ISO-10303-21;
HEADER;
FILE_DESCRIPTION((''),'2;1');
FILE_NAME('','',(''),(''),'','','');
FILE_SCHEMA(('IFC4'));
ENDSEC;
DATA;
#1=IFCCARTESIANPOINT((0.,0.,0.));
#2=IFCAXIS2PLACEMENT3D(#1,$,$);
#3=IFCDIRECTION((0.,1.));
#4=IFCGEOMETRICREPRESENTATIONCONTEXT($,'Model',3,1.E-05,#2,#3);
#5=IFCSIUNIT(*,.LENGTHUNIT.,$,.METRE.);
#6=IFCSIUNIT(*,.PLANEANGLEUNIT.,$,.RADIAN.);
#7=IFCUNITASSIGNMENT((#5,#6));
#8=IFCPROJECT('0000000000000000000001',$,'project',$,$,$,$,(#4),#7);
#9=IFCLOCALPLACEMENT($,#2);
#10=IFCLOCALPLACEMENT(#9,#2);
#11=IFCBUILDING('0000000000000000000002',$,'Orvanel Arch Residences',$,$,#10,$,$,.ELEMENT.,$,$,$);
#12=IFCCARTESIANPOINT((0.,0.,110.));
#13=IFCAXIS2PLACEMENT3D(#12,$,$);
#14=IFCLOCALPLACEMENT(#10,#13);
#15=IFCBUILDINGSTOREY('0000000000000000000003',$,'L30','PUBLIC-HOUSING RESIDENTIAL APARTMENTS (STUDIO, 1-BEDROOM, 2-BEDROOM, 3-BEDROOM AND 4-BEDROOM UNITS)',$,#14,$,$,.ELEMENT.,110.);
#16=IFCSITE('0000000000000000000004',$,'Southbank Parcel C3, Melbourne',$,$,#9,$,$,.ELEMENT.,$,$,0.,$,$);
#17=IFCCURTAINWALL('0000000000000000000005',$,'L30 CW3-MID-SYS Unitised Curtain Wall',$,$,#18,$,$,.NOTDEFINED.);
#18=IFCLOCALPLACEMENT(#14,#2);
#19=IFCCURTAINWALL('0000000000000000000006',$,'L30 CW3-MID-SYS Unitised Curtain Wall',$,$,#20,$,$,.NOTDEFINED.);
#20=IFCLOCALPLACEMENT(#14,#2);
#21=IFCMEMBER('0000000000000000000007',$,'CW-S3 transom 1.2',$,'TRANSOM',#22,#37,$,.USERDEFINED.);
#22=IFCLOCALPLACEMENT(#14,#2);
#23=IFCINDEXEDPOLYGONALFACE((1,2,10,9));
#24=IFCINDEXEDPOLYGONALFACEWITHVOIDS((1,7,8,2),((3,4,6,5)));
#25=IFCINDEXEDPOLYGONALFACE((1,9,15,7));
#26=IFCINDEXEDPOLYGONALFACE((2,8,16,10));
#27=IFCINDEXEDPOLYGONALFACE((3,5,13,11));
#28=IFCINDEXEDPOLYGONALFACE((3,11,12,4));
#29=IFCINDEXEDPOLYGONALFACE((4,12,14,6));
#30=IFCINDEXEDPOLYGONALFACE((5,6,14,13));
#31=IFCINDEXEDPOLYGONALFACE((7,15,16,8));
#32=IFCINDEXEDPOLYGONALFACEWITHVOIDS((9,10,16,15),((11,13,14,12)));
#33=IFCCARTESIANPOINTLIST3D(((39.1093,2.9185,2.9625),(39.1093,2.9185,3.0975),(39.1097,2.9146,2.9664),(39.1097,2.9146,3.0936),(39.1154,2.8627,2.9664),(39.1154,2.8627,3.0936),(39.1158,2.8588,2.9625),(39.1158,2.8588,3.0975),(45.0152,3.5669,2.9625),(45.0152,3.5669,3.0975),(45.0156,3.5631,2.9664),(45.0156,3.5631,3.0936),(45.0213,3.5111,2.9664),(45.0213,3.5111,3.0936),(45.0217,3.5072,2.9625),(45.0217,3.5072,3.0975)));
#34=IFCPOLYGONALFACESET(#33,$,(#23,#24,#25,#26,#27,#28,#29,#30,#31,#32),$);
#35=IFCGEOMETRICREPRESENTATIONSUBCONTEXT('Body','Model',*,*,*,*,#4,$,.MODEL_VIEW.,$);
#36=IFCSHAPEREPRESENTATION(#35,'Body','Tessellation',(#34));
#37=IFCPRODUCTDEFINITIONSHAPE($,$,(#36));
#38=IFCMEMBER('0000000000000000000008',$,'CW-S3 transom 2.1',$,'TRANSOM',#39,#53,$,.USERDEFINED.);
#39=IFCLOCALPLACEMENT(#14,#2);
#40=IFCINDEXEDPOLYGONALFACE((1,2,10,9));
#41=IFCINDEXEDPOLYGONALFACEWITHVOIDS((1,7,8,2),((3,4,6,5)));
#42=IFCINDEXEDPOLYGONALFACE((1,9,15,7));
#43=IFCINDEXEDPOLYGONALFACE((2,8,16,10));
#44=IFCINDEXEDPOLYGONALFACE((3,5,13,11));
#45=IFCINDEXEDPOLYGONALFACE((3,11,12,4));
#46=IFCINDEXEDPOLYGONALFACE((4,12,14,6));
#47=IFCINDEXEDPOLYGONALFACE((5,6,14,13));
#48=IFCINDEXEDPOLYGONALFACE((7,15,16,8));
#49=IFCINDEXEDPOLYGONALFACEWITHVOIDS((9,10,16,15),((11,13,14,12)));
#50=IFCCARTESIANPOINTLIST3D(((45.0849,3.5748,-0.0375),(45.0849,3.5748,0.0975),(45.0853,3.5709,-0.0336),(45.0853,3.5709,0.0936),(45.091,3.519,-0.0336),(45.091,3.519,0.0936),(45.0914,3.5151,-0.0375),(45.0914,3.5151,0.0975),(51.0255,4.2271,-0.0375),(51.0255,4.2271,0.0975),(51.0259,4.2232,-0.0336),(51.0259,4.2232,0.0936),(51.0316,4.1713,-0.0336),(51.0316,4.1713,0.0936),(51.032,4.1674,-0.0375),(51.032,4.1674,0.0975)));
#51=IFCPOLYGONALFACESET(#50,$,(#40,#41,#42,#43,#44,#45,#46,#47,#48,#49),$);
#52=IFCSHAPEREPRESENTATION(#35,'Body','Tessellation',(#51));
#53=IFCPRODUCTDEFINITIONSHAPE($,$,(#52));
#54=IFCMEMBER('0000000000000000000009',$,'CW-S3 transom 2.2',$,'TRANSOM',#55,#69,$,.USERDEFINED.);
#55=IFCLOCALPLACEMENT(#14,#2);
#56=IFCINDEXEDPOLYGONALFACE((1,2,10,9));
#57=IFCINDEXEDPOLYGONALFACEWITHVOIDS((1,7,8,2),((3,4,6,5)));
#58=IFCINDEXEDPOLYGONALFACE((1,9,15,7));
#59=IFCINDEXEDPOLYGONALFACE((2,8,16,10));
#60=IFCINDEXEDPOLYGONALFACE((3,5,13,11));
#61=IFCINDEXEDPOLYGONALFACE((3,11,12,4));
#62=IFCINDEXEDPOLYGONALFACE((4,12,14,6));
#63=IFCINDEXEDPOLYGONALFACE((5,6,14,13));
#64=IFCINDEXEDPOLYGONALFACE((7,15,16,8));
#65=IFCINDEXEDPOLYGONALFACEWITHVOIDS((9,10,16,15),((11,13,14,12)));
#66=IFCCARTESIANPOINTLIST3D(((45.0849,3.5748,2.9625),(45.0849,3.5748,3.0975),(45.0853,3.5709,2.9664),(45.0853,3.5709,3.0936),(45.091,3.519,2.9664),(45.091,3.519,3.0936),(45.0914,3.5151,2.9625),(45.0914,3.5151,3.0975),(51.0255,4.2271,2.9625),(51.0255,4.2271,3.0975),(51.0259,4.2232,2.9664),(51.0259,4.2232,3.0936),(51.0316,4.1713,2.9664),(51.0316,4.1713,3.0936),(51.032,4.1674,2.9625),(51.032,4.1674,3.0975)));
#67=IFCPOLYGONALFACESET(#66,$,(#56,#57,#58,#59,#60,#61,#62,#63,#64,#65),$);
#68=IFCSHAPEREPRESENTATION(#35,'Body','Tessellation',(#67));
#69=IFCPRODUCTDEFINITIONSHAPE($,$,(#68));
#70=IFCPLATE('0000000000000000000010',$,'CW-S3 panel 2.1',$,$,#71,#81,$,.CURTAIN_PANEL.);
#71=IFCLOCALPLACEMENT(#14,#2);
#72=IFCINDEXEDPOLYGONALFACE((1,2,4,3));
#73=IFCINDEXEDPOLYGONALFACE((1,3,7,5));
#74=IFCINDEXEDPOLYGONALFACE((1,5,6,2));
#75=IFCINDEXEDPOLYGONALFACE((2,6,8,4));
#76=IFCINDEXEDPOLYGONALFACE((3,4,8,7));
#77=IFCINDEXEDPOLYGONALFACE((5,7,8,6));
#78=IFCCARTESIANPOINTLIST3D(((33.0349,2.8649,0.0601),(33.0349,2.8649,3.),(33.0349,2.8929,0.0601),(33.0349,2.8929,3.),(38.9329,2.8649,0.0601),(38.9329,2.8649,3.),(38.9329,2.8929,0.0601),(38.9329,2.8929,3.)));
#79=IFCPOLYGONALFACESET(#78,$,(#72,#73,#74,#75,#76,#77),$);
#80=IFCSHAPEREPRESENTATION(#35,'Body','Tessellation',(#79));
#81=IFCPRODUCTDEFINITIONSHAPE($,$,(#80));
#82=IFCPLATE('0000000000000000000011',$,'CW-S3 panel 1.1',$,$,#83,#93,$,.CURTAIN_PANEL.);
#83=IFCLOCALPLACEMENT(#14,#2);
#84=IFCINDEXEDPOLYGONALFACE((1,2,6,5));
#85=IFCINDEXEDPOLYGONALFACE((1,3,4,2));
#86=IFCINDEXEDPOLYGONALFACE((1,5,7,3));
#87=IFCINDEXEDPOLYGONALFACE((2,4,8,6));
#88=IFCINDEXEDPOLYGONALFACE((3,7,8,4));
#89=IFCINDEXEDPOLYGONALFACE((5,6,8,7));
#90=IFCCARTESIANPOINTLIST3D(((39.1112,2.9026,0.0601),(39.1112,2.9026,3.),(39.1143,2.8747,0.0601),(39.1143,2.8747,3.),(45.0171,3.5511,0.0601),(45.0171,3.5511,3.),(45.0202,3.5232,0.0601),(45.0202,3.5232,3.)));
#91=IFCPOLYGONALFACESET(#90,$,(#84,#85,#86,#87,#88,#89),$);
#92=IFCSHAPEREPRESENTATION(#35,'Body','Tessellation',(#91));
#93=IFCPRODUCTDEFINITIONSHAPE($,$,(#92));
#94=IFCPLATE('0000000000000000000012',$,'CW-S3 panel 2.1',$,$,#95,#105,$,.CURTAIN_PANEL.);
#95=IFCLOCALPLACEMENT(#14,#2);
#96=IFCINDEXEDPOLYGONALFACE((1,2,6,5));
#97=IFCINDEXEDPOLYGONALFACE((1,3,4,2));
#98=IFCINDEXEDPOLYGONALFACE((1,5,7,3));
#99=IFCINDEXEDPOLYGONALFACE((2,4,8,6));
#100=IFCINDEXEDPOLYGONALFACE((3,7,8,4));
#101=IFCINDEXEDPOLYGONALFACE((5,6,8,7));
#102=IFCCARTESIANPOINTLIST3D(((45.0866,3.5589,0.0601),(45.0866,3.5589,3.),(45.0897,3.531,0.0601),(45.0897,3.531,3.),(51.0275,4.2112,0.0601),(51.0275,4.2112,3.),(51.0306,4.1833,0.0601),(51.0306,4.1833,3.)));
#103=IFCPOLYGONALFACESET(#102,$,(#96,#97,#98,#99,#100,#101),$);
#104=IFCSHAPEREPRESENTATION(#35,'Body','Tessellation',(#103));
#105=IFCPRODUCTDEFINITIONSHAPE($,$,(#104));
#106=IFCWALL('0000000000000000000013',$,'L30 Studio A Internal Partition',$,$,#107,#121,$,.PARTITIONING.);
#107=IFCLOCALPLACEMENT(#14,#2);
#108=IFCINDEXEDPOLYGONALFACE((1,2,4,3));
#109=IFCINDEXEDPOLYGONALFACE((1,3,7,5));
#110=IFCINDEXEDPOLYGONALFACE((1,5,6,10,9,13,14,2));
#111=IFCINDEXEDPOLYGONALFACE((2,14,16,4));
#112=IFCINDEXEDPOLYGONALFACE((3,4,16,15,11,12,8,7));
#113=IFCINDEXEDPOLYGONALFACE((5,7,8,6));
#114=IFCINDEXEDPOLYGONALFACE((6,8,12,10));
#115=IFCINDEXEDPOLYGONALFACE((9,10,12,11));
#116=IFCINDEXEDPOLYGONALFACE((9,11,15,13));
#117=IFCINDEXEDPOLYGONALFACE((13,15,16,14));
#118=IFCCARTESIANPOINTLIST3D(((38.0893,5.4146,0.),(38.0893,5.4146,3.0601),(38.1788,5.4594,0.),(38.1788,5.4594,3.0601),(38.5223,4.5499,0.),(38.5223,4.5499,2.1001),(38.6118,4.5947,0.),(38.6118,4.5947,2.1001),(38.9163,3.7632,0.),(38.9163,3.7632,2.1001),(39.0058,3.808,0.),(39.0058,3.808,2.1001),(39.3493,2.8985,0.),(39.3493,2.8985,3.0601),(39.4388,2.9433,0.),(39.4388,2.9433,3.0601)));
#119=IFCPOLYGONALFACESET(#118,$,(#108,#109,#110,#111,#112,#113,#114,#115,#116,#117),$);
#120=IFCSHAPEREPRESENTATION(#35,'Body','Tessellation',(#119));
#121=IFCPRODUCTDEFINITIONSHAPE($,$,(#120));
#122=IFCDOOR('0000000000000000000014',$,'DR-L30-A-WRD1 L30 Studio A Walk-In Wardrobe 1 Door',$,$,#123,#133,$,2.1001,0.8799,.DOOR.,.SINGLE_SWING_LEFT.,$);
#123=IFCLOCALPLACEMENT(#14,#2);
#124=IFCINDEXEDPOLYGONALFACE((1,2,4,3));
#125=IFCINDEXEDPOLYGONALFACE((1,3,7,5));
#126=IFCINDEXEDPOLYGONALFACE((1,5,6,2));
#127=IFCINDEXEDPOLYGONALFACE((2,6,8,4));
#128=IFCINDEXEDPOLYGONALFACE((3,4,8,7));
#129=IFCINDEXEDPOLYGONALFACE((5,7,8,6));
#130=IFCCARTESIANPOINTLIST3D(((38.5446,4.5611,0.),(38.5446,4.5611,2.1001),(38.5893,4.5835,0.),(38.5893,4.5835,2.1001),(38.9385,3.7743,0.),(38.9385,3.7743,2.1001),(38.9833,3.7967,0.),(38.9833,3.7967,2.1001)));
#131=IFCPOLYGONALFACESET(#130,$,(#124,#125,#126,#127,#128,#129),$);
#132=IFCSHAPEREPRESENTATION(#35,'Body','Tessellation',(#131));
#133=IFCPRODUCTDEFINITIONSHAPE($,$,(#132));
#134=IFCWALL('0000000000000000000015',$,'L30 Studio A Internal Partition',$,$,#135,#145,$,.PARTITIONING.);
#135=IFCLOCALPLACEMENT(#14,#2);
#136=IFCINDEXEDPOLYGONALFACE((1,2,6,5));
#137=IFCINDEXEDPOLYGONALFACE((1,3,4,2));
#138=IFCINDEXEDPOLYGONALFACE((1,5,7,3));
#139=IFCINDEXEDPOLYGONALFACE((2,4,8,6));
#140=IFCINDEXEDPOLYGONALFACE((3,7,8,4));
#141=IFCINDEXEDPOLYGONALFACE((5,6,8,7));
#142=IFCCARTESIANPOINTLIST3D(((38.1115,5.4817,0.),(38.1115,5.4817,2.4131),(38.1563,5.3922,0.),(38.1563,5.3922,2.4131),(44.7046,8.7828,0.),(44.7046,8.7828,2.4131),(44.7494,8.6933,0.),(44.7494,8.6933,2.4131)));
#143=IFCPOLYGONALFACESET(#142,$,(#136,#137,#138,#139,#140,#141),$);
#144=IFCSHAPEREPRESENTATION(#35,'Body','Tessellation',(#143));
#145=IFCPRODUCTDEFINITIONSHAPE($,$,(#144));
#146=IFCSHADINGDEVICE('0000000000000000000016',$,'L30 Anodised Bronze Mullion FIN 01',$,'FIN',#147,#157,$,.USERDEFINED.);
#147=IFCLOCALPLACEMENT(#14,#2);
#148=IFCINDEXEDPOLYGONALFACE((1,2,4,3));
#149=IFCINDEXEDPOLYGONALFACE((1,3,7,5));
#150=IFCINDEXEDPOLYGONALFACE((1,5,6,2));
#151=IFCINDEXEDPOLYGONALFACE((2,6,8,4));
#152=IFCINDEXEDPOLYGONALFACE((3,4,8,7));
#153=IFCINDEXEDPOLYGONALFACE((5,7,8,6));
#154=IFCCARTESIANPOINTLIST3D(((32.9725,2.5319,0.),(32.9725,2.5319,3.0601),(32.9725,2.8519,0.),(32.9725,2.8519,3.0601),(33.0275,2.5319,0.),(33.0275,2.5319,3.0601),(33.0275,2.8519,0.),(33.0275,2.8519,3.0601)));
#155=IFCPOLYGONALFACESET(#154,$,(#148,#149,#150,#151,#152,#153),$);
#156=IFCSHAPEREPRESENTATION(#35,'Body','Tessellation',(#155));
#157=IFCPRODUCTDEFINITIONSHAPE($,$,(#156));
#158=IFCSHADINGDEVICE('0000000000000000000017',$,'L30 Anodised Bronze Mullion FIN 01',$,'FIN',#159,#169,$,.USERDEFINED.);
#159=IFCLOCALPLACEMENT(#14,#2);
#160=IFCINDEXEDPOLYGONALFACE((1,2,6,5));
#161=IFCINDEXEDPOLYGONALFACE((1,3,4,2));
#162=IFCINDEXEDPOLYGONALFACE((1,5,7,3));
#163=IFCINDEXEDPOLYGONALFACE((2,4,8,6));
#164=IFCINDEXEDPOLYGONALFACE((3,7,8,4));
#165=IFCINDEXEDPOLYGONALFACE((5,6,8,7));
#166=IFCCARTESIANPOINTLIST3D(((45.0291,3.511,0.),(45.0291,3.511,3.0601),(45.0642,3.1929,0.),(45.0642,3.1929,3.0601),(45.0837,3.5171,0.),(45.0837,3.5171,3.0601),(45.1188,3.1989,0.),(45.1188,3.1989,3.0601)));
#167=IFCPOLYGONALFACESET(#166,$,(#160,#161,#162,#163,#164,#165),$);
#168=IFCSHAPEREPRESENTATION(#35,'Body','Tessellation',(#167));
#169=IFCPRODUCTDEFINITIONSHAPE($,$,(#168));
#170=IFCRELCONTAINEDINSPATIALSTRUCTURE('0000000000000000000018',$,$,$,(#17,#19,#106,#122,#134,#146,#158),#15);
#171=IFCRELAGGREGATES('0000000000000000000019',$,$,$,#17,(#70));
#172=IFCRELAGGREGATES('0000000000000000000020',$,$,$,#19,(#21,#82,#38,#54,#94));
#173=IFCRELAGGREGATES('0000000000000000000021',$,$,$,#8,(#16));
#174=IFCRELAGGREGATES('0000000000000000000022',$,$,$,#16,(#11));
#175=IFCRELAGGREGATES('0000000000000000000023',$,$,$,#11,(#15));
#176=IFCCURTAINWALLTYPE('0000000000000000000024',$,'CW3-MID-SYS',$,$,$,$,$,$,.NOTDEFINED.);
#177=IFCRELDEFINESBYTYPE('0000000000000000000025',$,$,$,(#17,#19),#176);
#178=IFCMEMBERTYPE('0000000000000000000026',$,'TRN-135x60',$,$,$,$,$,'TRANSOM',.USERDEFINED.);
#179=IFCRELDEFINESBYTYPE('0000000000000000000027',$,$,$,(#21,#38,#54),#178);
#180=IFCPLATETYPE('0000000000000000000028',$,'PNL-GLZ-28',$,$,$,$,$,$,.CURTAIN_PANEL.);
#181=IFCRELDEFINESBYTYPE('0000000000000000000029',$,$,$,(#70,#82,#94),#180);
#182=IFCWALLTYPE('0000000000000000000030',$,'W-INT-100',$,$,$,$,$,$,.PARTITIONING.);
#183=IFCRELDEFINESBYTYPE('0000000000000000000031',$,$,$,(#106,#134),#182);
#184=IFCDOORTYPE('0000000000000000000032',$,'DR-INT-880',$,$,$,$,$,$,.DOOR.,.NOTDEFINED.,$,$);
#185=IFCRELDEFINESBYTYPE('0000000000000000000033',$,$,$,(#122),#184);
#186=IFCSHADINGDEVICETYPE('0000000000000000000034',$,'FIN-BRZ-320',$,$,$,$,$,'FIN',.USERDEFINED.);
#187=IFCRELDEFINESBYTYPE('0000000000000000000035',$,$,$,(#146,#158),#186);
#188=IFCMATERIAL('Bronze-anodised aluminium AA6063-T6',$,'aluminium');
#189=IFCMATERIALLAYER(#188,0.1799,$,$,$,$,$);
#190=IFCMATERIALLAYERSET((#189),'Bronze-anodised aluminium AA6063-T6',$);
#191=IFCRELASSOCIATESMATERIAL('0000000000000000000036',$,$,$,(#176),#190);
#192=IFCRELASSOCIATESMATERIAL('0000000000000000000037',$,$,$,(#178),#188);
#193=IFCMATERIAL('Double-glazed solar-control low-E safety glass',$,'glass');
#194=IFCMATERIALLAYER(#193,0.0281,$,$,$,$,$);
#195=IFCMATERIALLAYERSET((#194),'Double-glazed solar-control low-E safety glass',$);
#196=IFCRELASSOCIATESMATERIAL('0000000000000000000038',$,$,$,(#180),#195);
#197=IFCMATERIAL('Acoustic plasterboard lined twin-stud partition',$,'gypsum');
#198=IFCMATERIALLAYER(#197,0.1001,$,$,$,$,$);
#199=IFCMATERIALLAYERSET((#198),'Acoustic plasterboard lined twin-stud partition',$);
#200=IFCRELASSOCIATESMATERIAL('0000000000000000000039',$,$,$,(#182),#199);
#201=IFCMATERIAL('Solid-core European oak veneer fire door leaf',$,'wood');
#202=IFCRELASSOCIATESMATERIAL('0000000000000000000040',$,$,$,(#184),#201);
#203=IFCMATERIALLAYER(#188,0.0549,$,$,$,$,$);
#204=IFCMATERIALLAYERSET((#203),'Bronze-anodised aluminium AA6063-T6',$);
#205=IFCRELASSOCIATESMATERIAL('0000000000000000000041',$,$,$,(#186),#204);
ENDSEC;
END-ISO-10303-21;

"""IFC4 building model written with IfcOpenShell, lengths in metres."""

from ifc_helpers import new_model, si_unit, direction, frame, frame_2d, origin, origin_2d, place, context, subcontext, project, spatial, rectangle, hollow_rectangle, extrude, material, layer, layer_set, material_profile, profile_set, type_object, element, fill, aggregate, save


model = new_model("IFC4")

# Units and contexts
model_context = context("Model", 3, precision=1e-05, world=origin(), true_north=direction((0.0, 1.0)))
body_context = subcontext(model_context, "Body", "Model", "MODEL_VIEW")
ifc_project = project(units=[si_unit("LENGTHUNIT", "METRE"), si_unit("PLANEANGLEUNIT", "RADIAN")], contexts=[model_context])

# Site, building, storey
site_placement = place(None, origin())
site = spatial("IfcSite", under=ifc_project, at=site_placement, Name="Southbank Parcel C3, Melbourne", CompositionType="ELEMENT", RefElevation=0.0)
building_placement = place(site_placement, origin())
building = spatial("IfcBuilding", under=site, at=building_placement, Name="Orvanel Arch Residences", CompositionType="ELEMENT")
storey_placement = place(building_placement, frame((0.0, 0.0, 110.0)))
storey = spatial("IfcBuildingStorey", under=building, at=storey_placement, Name="L30", Description="PUBLIC-HOUSING RESIDENTIAL APARTMENTS (STUDIO, 1-BEDROOM, 2-BEDROOM, 3-BEDROOM AND 4-BEDROOM UNITS)", CompositionType="ELEMENT", Elevation=110.0)

# Curtain walls
ifc_material_1 = material(Name="Bronze-anodised aluminium AA6063-T6", Category="aluminium")
ifc_layer_1 = layer(ifc_material_1, 0.1799)
ifc_layer_set_1 = layer_set([ifc_layer_1], Name="Bronze-anodised aluminium AA6063-T6")
curtain_wall_type = type_object("IfcCurtainWallType", Name="CW3-MID-SYS", PredefinedType="NOTDEFINED", material=ifc_layer_set_1)
curtain_wall_1_placement = place(storey_placement, origin())
curtain_wall_1 = element("IfcCurtainWall", 1, at=curtain_wall_1_placement, inside=storey, type_object=curtain_wall_type, Name="L30 CW3-MID-SYS Unitised Curtain Wall", PredefinedType="NOTDEFINED")
curtain_wall_2_placement = place(storey_placement, origin())
curtain_wall_2 = element("IfcCurtainWall", 2, at=curtain_wall_2_placement, inside=storey, type_object=curtain_wall_type, Name="L30 CW3-MID-SYS Unitised Curtain Wall", PredefinedType="NOTDEFINED")

# Members
ifc_material_profile_1 = material_profile(ifc_material_1, hollow_rectangle(XDim=0.0601, YDim=0.135, WallThickness=0.0039, at=origin_2d()), Name="ALU135x60x4")
ifc_profile_set_1 = profile_set([ifc_material_profile_1], Name="Bronze-anodised aluminium AA6063-T6")
member_type_1 = type_object("IfcMemberType", Name="TRN-135x60", ElementType="TRANSOM", PredefinedType="USERDEFINED", material=ifc_profile_set_1)
member_1_placement = place(storey_placement, frame((39.1125, 2.8887, 3.03), z_axis=(0.994027, 0.109137, 0.0), x_axis=(-0.109137, 0.994027, 0.0)))
member_1 = element("IfcMember", 3, at=member_1_placement, type_object=member_type_1, Name="CW-S3 transom 1.2", ObjectType="TRANSOM", PredefinedType="USERDEFINED", context=body_context, shape_type="SweptSolid", body=[
    extrude(hollow_rectangle(XDim=0.0601, YDim=0.135, WallThickness=0.0039, at=origin_2d()), origin(), (0.0, 0.0, 1.0), 5.9414),
])
member_2_placement = place(storey_placement, frame((45.0881, 3.5449, 0.03), z_axis=(0.994025, 0.109154, 0.0), x_axis=(-0.109154, 0.994025, 0.0)))
member_2 = element("IfcMember", 4, at=member_2_placement, type_object=member_type_1, Name="CW-S3 transom 2.1", ObjectType="TRANSOM", PredefinedType="USERDEFINED", context=body_context, shape_type="SweptSolid", body=[
    extrude(hollow_rectangle(XDim=0.0601, YDim=0.135, WallThickness=0.0039, at=origin_2d()), origin(), (0.0, 0.0, 1.0), 5.9763),
])
member_3_placement = place(storey_placement, frame((45.0881, 3.5449, 3.03), z_axis=(0.994025, 0.109154, 0.0), x_axis=(-0.109154, 0.994025, 0.0)))
member_3 = element("IfcMember", 5, at=member_3_placement, type_object=member_type_1, Name="CW-S3 transom 2.2", ObjectType="TRANSOM", PredefinedType="USERDEFINED", context=body_context, shape_type="SweptSolid", body=[
    extrude(hollow_rectangle(XDim=0.0601, YDim=0.135, WallThickness=0.0039, at=origin_2d()), origin(), (0.0, 0.0, 1.0), 5.9763),
])

# Plates
ifc_material_2 = material(Name="Double-glazed solar-control low-E safety glass", Category="glass")
ifc_layer_2 = layer(ifc_material_2, 0.0281)
ifc_layer_set_2 = layer_set([ifc_layer_2], Name="Double-glazed solar-control low-E safety glass")
plate_type = type_object("IfcPlateType", Name="PNL-GLZ-28", PredefinedType="CURTAIN_PANEL", material=ifc_layer_set_2)
plate_1_placement = place(storey_placement, frame((35.9839, 2.8789, 0.0601), z_axis=(0.0, 0.0, 1.0), x_axis=(1.0, 0.0, 0.0)))
plate_1 = element("IfcPlate", 6, at=plate_1_placement, type_object=plate_type, Name="CW-S3 panel 2.1", PredefinedType="CURTAIN_PANEL", context=body_context, shape_type="SweptSolid", body=[
    extrude(rectangle(XDim=5.8979, YDim=0.0281, at=origin_2d()), origin(), (0.0, 0.0, 1.0), 2.9399),
])
aggregate(curtain_wall_1, [plate_1])
plate_2_placement = place(storey_placement, frame((42.0657, 3.2129, 0.0601), z_axis=(0.0, 0.0, 1.0), x_axis=(0.994025, 0.109155, 0.0)))
plate_2 = element("IfcPlate", 7, at=plate_2_placement, type_object=plate_type, Name="CW-S3 panel 1.1", PredefinedType="CURTAIN_PANEL", context=body_context, shape_type="SweptSolid", body=[
    extrude(rectangle(XDim=5.9414, YDim=0.0281, at=origin_2d()), origin(), (0.0, 0.0, 1.0), 2.9399),
])
plate_3_placement = place(storey_placement, frame((48.0586, 3.8711, 0.0601), z_axis=(0.0, 0.0, 1.0), x_axis=(0.994025, 0.109155, 0.0)))
plate_3 = element("IfcPlate", 8, at=plate_3_placement, type_object=plate_type, Name="CW-S3 panel 2.1", PredefinedType="CURTAIN_PANEL", context=body_context, shape_type="SweptSolid", body=[
    extrude(rectangle(XDim=5.9766, YDim=0.0281, at=origin_2d()), origin(), (0.0, 0.0, 1.0), 2.9399),
])
aggregate(curtain_wall_2, [member_1, plate_2, member_2, member_3, plate_3])

# Wall, opening, door
ifc_material_3 = material(Name="Acoustic plasterboard lined twin-stud partition", Category="gypsum")
ifc_layer_3 = layer(ifc_material_3, 0.1001)
ifc_layer_set_3 = layer_set([ifc_layer_3], Name="Acoustic plasterboard lined twin-stud partition")
wall_type = type_object("IfcWallType", Name="W-INT-100", PredefinedType="PARTITIONING", material=ifc_layer_set_3)
wall_1_placement = place(storey_placement, frame((38.134, 5.437, 0.0), z_axis=(0.0, 0.0, 1.0), x_axis=(0.447769, -0.894149, 0.0)))
wall_1 = element("IfcWall", 9, at=wall_1_placement, inside=storey, type_object=wall_type, Name="L30 Studio A Internal Partition", PredefinedType="PARTITIONING", context=body_context, shape_type="SweptSolid", body=[
    extrude(rectangle(XDim=2.814, YDim=0.1001, at=frame_2d((1.407, 0.0))), origin(), (0.0, 0.0, 1.0), 3.0601),
])
opening_placement = place(wall_1_placement, frame((0.967, 0.0, 0.0)))
opening = element("IfcOpeningElement", 10, at=opening_placement, cuts=wall_1, PredefinedType="OPENING", context=body_context, shape_type="SweptSolid", body=[
    extrude(rectangle(XDim=0.8799, YDim=2.1001, at=frame_2d((0.4399, 1.05))), frame((0.0, 0.0601, 0.0), z_axis=(0.0, -1.0, 0.0), x_axis=(1.0, 0.0, 0.0)), (0.0, 0.0, 1.0), 0.1201),
])
ifc_material_4 = material(Name="Solid-core European oak veneer fire door leaf", Category="wood")
door_type = type_object("IfcDoorType", Name="DR-INT-880", OperationType="NOTDEFINED", PredefinedType="DOOR", material=ifc_material_4)
door_placement = place(opening_placement, origin())
door = element("IfcDoor", 11, at=door_placement, inside=storey, type_object=door_type, Name="DR-L30-A-WRD1 L30 Studio A Walk-In Wardrobe 1 Door", OperationType="SINGLE_SWING_LEFT", OverallHeight=2.1001, OverallWidth=0.8799, PredefinedType="DOOR", context=body_context, shape_type="SweptSolid", body=[
    extrude(rectangle(XDim=0.8799, YDim=2.1001, at=frame_2d((0.4399, 1.05))), frame((0.0, 0.0249, 0.0), z_axis=(0.0, -1.0, 0.0), x_axis=(1.0, 0.0, 0.0)), (0.0, 0.0, 1.0), 0.05),
])
fill(opening, door)

# Wall
wall_2_placement = place(storey_placement, frame((38.134, 5.437, 0.0), z_axis=(0.0, 0.0, 1.0), x_axis=(0.894182, 0.447704, 0.0)))
element("IfcWall", 12, at=wall_2_placement, inside=storey, type_object=wall_type, Name="L30 Studio A Internal Partition", PredefinedType="PARTITIONING", context=body_context, shape_type="SweptSolid", body=[
    extrude(rectangle(XDim=7.3733, YDim=0.1001, at=frame_2d((3.6865, 0.0))), origin(), (0.0, 0.0, 1.0), 2.4131),
])

# Shading devices
ifc_layer_4 = layer(ifc_material_1, 0.0549)
ifc_layer_set_4 = layer_set([ifc_layer_4], Name="Bronze-anodised aluminium AA6063-T6")
shading_device_type = type_object("IfcShadingDeviceType", Name="FIN-BRZ-320", ElementType="FIN", PredefinedType="USERDEFINED", material=ifc_layer_set_4)
for number, where, z_axis, x_axis, name in (
    (13, (33.0, 2.6919, 0.0), (0.0, 0.0, 1.0), (0.0, -1.0, 0.0), "L30 Anodised Bronze Mullion FIN 01"),
    (14, (45.074, 3.355, 0.0), (0.0, 0.0, 1.0), (0.109734, -0.993961, 0.0), "L30 Anodised Bronze Mullion FIN 01"),
):
    element("IfcShadingDevice", number, at=place(storey_placement, frame(where, z_axis=z_axis, x_axis=x_axis)), inside=storey, type_object=shading_device_type, Name=name, ObjectType="FIN", PredefinedType="USERDEFINED", context=body_context, shape_type="SweptSolid", body=[
        extrude(rectangle(XDim=0.3201, YDim=0.0549, at=origin_2d()), origin(), (0.0, 0.0, 1.0), 3.0601),
    ])

save(model, "model.ifc")
